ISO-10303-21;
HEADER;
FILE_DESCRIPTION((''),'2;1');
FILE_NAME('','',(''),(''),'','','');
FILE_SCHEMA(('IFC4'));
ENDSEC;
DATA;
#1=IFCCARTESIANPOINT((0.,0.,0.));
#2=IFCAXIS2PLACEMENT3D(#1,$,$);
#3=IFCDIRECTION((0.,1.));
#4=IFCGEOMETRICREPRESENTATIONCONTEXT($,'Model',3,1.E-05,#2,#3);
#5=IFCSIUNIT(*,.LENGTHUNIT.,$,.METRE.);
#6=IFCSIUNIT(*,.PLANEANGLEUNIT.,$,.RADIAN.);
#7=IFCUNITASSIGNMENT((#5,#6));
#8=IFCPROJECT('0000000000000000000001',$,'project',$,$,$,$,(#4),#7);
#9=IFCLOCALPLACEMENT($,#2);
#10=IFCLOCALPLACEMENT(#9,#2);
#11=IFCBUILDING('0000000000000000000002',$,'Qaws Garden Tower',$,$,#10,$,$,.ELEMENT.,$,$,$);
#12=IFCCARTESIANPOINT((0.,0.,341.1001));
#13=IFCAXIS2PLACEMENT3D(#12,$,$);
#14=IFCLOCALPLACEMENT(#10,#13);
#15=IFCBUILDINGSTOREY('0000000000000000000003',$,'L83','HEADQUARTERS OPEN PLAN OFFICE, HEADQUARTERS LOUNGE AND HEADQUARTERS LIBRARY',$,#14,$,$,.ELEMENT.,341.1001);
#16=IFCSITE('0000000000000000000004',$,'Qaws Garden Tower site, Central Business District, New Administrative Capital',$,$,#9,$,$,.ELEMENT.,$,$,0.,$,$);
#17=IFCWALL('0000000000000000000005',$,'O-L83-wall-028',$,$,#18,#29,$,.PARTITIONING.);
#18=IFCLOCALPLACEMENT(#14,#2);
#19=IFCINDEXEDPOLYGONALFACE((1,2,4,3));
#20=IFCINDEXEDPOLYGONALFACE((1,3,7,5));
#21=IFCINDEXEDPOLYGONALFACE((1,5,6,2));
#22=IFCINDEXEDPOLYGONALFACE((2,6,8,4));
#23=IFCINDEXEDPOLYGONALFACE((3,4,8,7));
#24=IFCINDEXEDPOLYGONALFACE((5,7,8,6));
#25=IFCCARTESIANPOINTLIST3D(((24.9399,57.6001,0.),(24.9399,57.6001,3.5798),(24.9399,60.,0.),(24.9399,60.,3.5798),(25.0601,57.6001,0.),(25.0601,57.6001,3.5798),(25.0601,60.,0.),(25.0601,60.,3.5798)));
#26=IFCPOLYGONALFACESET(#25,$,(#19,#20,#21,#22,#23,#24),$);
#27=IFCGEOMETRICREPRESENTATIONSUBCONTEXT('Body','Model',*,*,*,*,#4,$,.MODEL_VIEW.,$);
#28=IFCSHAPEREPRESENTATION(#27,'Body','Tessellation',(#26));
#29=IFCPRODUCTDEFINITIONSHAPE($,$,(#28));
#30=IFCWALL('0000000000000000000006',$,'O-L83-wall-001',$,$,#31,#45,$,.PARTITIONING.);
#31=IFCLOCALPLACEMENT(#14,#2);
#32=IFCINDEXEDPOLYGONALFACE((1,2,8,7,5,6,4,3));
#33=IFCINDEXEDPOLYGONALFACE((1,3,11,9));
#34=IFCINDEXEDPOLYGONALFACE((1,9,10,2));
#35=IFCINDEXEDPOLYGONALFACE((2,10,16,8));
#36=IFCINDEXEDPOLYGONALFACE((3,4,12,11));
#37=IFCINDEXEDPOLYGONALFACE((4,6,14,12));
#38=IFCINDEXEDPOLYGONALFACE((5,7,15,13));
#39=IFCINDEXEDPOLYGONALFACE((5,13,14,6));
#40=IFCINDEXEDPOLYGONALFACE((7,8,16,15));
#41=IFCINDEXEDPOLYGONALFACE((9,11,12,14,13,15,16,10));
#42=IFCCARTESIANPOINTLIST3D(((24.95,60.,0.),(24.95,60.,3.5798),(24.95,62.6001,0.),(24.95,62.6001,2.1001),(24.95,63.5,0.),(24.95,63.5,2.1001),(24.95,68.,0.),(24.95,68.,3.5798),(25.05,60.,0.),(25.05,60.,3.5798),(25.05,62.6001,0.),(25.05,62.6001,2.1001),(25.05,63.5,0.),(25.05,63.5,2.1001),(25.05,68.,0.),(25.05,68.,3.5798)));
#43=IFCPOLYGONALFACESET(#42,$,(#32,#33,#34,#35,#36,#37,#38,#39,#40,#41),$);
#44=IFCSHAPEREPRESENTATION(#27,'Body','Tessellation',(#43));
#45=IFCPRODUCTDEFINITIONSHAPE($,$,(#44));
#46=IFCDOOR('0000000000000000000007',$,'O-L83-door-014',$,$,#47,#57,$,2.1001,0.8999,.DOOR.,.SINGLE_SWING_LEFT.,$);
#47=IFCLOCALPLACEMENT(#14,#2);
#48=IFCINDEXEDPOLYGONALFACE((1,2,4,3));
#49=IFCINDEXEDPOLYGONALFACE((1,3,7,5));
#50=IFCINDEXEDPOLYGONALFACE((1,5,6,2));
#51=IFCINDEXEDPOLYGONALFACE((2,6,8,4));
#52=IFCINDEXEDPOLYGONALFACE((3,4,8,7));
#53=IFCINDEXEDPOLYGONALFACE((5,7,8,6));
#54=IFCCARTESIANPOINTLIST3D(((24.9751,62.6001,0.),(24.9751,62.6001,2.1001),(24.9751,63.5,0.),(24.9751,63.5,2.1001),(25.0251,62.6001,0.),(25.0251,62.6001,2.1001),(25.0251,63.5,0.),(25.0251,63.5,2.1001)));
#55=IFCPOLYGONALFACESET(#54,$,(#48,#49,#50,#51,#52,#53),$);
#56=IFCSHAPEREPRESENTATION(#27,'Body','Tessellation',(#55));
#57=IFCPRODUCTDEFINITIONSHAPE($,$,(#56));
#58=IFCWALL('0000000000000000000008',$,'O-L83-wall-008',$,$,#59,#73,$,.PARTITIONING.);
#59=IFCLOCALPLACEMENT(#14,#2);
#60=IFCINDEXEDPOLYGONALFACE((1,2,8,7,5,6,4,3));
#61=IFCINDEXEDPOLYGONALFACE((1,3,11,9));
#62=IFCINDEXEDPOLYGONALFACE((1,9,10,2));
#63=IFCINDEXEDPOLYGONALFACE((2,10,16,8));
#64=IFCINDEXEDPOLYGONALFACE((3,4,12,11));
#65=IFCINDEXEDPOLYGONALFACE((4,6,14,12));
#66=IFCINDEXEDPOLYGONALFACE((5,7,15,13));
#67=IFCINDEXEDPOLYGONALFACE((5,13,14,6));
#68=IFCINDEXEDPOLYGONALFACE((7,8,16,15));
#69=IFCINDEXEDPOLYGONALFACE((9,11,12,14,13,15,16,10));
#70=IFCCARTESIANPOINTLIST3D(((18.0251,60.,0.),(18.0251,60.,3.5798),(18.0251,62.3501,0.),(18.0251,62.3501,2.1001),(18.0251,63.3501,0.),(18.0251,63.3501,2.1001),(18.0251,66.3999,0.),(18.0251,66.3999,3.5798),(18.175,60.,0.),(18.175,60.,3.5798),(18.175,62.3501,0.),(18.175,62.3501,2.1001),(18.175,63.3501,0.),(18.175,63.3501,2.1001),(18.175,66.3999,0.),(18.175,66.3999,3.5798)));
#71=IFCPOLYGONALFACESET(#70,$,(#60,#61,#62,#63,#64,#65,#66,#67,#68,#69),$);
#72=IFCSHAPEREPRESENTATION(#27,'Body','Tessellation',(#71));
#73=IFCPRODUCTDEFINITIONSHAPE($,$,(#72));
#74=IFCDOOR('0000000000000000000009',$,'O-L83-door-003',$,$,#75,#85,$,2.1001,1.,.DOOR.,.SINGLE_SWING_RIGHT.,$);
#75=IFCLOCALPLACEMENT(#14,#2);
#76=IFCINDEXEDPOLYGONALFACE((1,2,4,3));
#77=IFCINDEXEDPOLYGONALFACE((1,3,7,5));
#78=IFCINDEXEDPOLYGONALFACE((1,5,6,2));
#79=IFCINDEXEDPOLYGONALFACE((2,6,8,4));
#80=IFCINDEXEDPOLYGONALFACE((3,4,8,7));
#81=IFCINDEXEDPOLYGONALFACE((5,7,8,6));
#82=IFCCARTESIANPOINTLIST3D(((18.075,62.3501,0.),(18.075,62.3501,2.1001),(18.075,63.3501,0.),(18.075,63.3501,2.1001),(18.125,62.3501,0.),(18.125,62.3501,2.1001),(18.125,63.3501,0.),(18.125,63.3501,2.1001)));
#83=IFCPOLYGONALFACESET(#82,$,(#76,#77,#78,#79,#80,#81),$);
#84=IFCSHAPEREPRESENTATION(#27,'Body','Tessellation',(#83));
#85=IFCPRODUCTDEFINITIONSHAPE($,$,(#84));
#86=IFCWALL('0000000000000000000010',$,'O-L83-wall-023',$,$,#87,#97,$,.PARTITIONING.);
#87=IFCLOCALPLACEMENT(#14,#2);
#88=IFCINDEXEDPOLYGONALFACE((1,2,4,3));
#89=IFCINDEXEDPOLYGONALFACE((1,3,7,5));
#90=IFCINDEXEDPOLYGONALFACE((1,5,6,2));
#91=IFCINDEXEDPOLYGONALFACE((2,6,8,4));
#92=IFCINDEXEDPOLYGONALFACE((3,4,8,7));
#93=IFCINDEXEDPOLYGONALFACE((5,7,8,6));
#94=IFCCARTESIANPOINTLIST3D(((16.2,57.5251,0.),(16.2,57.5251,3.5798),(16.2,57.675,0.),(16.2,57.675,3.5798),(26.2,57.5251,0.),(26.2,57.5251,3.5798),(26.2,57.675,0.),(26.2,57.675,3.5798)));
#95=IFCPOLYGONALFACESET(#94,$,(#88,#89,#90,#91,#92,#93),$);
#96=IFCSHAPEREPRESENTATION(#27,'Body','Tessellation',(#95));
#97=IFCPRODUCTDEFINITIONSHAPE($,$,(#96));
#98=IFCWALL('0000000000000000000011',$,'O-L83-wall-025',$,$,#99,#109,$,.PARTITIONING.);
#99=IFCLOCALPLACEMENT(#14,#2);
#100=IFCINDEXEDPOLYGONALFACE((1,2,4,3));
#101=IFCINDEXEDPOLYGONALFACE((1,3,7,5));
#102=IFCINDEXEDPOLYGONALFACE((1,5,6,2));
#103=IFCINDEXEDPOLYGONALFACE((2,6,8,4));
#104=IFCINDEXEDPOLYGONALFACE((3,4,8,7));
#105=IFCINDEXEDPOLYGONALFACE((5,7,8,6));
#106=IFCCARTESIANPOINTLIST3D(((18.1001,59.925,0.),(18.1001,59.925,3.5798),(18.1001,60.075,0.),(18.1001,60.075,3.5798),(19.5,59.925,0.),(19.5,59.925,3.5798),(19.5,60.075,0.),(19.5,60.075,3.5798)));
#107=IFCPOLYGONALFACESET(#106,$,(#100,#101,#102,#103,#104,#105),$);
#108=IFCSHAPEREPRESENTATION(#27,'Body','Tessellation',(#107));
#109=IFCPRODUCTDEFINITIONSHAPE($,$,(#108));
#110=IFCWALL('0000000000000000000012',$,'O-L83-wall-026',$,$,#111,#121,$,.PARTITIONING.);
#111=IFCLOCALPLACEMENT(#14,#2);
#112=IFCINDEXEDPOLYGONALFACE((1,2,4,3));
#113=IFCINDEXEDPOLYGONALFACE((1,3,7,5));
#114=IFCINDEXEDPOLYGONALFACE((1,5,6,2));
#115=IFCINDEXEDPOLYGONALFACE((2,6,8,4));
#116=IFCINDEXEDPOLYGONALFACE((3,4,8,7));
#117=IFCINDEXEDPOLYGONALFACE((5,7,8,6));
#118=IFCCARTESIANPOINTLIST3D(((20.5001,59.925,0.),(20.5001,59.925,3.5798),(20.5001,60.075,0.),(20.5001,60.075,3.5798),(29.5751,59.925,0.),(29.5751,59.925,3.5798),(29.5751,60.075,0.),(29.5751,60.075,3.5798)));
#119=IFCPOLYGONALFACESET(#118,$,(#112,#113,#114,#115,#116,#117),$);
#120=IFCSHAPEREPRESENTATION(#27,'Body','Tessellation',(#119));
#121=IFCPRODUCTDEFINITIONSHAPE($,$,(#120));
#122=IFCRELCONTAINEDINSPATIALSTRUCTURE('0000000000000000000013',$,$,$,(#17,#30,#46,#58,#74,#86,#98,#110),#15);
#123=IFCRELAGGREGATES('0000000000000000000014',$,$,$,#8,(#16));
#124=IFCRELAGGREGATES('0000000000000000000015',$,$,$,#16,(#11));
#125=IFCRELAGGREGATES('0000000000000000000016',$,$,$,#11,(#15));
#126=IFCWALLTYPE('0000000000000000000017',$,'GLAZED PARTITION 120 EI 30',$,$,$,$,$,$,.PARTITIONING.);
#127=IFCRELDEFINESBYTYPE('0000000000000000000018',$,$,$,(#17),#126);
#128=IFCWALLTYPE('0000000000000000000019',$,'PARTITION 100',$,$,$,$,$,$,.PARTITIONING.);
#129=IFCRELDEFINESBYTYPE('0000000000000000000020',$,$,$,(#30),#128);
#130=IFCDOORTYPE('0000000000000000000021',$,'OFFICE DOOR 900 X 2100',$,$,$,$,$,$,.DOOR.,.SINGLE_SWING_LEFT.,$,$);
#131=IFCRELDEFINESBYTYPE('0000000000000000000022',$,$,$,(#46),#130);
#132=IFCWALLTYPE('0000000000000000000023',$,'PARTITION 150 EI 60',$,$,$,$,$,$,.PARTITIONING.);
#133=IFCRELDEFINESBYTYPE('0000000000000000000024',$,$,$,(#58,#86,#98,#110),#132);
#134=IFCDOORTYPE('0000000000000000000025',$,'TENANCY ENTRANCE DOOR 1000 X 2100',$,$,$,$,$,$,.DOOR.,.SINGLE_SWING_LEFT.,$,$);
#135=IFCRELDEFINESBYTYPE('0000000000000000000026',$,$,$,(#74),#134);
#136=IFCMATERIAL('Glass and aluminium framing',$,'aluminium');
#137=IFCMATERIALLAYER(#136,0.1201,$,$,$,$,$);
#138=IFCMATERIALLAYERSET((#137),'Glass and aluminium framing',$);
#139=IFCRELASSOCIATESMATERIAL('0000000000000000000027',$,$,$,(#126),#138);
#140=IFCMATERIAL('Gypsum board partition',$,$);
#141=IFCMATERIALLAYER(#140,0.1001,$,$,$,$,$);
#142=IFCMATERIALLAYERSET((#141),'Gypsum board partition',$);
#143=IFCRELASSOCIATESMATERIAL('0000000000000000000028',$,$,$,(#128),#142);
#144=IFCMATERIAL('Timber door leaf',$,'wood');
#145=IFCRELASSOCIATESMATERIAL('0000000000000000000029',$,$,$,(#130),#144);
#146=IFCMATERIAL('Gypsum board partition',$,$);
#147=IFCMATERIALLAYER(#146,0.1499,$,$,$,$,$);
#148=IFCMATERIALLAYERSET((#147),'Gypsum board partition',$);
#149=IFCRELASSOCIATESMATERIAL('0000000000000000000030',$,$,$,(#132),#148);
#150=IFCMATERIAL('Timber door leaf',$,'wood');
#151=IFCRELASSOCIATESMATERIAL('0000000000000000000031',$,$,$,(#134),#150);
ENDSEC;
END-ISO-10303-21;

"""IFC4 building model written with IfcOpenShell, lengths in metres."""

from ifc_helpers import new_model, si_unit, direction, frame, frame_2d, origin, place, context, subcontext, project, spatial, rectangle, extrude, material, layer, layer_set, type_object, element, fill, save


model = new_model("IFC4")

# Units and contexts
model_context = context("Model", 3, precision=1e-05, world=origin(), true_north=direction((0.0, 1.0)))
body_context = subcontext(model_context, "Body", "Model", "MODEL_VIEW")
ifc_project = project(units=[si_unit("LENGTHUNIT", "METRE"), si_unit("PLANEANGLEUNIT", "RADIAN")], contexts=[model_context])

# Site, building, storey
site_placement = place(None, origin())
site = spatial("IfcSite", under=ifc_project, at=site_placement, Name="Qaws Garden Tower site, Central Business District, New Administrative Capital", CompositionType="ELEMENT", RefElevation=0.0)
building_placement = place(site_placement, origin())
building = spatial("IfcBuilding", under=site, at=building_placement, Name="Qaws Garden Tower", CompositionType="ELEMENT")
storey_placement = place(building_placement, frame((0.0, 0.0, 341.1001)))
storey = spatial("IfcBuildingStorey", under=building, at=storey_placement, Name="L83", Description="HEADQUARTERS OPEN PLAN OFFICE, HEADQUARTERS LOUNGE AND HEADQUARTERS LIBRARY", CompositionType="ELEMENT", Elevation=341.1001)

# Wall
ifc_material_1 = material(Name="Glass and aluminium framing", Category="aluminium")
ifc_layer_1 = layer(ifc_material_1, 0.1201)
ifc_layer_set_1 = layer_set([ifc_layer_1], Name="Glass and aluminium framing")
wall_type_1 = type_object("IfcWallType", Name="GLAZED PARTITION 120 EI 30", PredefinedType="PARTITIONING", material=ifc_layer_set_1)
wall_1_placement = place(storey_placement, frame((25.0, 57.6001, 0.0), z_axis=(0.0, 0.0, 1.0), x_axis=(0.0, 1.0, 0.0)))
element("IfcWall", 1, at=wall_1_placement, inside=storey, type_object=wall_type_1, Name="O-L83-wall-028", PredefinedType="PARTITIONING", context=body_context, shape_type="SweptSolid", body=[
    extrude(rectangle(XDim=2.3999, YDim=0.1201, at=frame_2d((1.2, 0.0))), origin(), (0.0, 0.0, 1.0), 3.5798),
])

# Walls, openings, doors
ifc_material_2 = material(Name="Gypsum board partition")
ifc_layer_2 = layer(ifc_material_2, 0.1001)
ifc_layer_set_2 = layer_set([ifc_layer_2], Name="Gypsum board partition")
wall_type_2 = type_object("IfcWallType", Name="PARTITION 100", PredefinedType="PARTITIONING", material=ifc_layer_set_2)
wall_2_placement = place(storey_placement, frame((25.0, 60.0, 0.0), z_axis=(0.0, 0.0, 1.0), x_axis=(0.0, 1.0, 0.0)))
wall_2 = element("IfcWall", 2, at=wall_2_placement, inside=storey, type_object=wall_type_2, Name="O-L83-wall-001", PredefinedType="PARTITIONING", context=body_context, shape_type="SweptSolid", body=[
    extrude(rectangle(XDim=8.0, YDim=0.1001, at=frame_2d((4.0, 0.0))), origin(), (0.0, 0.0, 1.0), 3.5798),
])
opening_1_placement = place(wall_2_placement, frame((2.6001, 0.0, 0.0)))
opening_1 = element("IfcOpeningElement", 3, at=opening_1_placement, cuts=wall_2, PredefinedType="OPENING", context=body_context, shape_type="SweptSolid", body=[
    extrude(rectangle(XDim=0.8999, YDim=2.1001, at=frame_2d((0.45, 1.05))), frame((0.0, 0.0601, 0.0), z_axis=(0.0, -1.0, 0.0), x_axis=(1.0, 0.0, 0.0)), (0.0, 0.0, 1.0), 0.1201),
])
ifc_material_3 = material(Name="Timber door leaf", Category="wood")
door_type_1 = type_object("IfcDoorType", Name="OFFICE DOOR 900 X 2100", OperationType="SINGLE_SWING_LEFT", PredefinedType="DOOR", material=ifc_material_3)
door_1_placement = place(opening_1_placement, origin())
door_1 = element("IfcDoor", 4, at=door_1_placement, inside=storey, type_object=door_type_1, Name="O-L83-door-014", OperationType="SINGLE_SWING_LEFT", OverallHeight=2.1001, OverallWidth=0.8999, PredefinedType="DOOR", context=body_context, shape_type="SweptSolid", body=[
    extrude(rectangle(XDim=0.8999, YDim=2.1001, at=frame_2d((0.45, 1.05))), frame((0.0, 0.0249, 0.0), z_axis=(0.0, -1.0, 0.0), x_axis=(1.0, 0.0, 0.0)), (0.0, 0.0, 1.0), 0.05),
])
fill(opening_1, door_1)
ifc_material_4 = material(Name="Gypsum board partition")
ifc_layer_3 = layer(ifc_material_4, 0.1499)
ifc_layer_set_3 = layer_set([ifc_layer_3], Name="Gypsum board partition")
wall_type_3 = type_object("IfcWallType", Name="PARTITION 150 EI 60", PredefinedType="PARTITIONING", material=ifc_layer_set_3)
wall_3_placement = place(storey_placement, frame((18.1001, 60.0, 0.0), z_axis=(0.0, 0.0, 1.0), x_axis=(0.0, 1.0, 0.0)))
wall_3 = element("IfcWall", 5, at=wall_3_placement, inside=storey, type_object=wall_type_3, Name="O-L83-wall-008", PredefinedType="PARTITIONING", context=body_context, shape_type="SweptSolid", body=[
    extrude(rectangle(XDim=6.3999, YDim=0.1499, at=frame_2d((3.2, 0.0))), origin(), (0.0, 0.0, 1.0), 3.5798),
])
opening_2_placement = place(wall_3_placement, frame((2.3501, 0.0, 0.0)))
opening_2 = element("IfcOpeningElement", 6, at=opening_2_placement, cuts=wall_3, PredefinedType="OPENING", context=body_context, shape_type="SweptSolid", body=[
    extrude(rectangle(XDim=1.0, YDim=2.1001, at=frame_2d((0.5, 1.05))), frame((0.0, 0.085, 0.0), z_axis=(0.0, -1.0, 0.0), x_axis=(1.0, 0.0, 0.0)), (0.0, 0.0, 1.0), 0.1699),
])
ifc_material_5 = material(Name="Timber door leaf", Category="wood")
door_type_2 = type_object("IfcDoorType", Name="TENANCY ENTRANCE DOOR 1000 X 2100", OperationType="SINGLE_SWING_LEFT", PredefinedType="DOOR", material=ifc_material_5)
door_2_placement = place(opening_2_placement, frame((1.0, 0.0, 0.0), z_axis=(0.0, 0.0, 1.0), x_axis=(-1.0, 0.0, 0.0)))
door_2 = element("IfcDoor", 7, at=door_2_placement, inside=storey, type_object=door_type_2, Name="O-L83-door-003", OperationType="SINGLE_SWING_RIGHT", OverallHeight=2.1001, OverallWidth=1.0, PredefinedType="DOOR", context=body_context, shape_type="SweptSolid", body=[
    extrude(rectangle(XDim=1.0, YDim=2.1001, at=frame_2d((0.5, 1.05))), frame((0.0, 0.0249, 0.0), z_axis=(0.0, -1.0, 0.0), x_axis=(1.0, 0.0, 0.0)), (0.0, 0.0, 1.0), 0.05),
])
fill(opening_2, door_2)

# Walls
wall_4_placement = place(storey_placement, frame((16.2, 57.6001, 0.0), z_axis=(0.0, 0.0, 1.0), x_axis=(1.0, 0.0, 0.0)))
element("IfcWall", 8, at=wall_4_placement, inside=storey, type_object=wall_type_3, Name="O-L83-wall-023", PredefinedType="PARTITIONING", context=body_context, shape_type="SweptSolid", body=[
    extrude(rectangle(XDim=10.0, YDim=0.1499, at=frame_2d((5.0, 0.0))), origin(), (0.0, 0.0, 1.0), 3.5798),
])
wall_5_placement = place(storey_placement, frame((18.1001, 60.0, 0.0), z_axis=(0.0, 0.0, 1.0), x_axis=(1.0, 0.0, 0.0)))
element("IfcWall", 9, at=wall_5_placement, inside=storey, type_object=wall_type_3, Name="O-L83-wall-025", PredefinedType="PARTITIONING", context=body_context, shape_type="SweptSolid", body=[
    extrude(rectangle(XDim=1.3999, YDim=0.1499, at=frame_2d((0.7, 0.0))), origin(), (0.0, 0.0, 1.0), 3.5798),
])
wall_6_placement = place(storey_placement, frame((20.5, 60.0, 0.0), z_axis=(0.0, 0.0, 1.0), x_axis=(1.0, 0.0, 0.0)))
element("IfcWall", 10, at=wall_6_placement, inside=storey, type_object=wall_type_3, Name="O-L83-wall-026", PredefinedType="PARTITIONING", context=body_context, shape_type="SweptSolid", body=[
    extrude(rectangle(XDim=9.075, YDim=0.1499, at=frame_2d((4.5376, 0.0))), origin(), (0.0, 0.0, 1.0), 3.5798),
])

save(model, "model.ifc")
